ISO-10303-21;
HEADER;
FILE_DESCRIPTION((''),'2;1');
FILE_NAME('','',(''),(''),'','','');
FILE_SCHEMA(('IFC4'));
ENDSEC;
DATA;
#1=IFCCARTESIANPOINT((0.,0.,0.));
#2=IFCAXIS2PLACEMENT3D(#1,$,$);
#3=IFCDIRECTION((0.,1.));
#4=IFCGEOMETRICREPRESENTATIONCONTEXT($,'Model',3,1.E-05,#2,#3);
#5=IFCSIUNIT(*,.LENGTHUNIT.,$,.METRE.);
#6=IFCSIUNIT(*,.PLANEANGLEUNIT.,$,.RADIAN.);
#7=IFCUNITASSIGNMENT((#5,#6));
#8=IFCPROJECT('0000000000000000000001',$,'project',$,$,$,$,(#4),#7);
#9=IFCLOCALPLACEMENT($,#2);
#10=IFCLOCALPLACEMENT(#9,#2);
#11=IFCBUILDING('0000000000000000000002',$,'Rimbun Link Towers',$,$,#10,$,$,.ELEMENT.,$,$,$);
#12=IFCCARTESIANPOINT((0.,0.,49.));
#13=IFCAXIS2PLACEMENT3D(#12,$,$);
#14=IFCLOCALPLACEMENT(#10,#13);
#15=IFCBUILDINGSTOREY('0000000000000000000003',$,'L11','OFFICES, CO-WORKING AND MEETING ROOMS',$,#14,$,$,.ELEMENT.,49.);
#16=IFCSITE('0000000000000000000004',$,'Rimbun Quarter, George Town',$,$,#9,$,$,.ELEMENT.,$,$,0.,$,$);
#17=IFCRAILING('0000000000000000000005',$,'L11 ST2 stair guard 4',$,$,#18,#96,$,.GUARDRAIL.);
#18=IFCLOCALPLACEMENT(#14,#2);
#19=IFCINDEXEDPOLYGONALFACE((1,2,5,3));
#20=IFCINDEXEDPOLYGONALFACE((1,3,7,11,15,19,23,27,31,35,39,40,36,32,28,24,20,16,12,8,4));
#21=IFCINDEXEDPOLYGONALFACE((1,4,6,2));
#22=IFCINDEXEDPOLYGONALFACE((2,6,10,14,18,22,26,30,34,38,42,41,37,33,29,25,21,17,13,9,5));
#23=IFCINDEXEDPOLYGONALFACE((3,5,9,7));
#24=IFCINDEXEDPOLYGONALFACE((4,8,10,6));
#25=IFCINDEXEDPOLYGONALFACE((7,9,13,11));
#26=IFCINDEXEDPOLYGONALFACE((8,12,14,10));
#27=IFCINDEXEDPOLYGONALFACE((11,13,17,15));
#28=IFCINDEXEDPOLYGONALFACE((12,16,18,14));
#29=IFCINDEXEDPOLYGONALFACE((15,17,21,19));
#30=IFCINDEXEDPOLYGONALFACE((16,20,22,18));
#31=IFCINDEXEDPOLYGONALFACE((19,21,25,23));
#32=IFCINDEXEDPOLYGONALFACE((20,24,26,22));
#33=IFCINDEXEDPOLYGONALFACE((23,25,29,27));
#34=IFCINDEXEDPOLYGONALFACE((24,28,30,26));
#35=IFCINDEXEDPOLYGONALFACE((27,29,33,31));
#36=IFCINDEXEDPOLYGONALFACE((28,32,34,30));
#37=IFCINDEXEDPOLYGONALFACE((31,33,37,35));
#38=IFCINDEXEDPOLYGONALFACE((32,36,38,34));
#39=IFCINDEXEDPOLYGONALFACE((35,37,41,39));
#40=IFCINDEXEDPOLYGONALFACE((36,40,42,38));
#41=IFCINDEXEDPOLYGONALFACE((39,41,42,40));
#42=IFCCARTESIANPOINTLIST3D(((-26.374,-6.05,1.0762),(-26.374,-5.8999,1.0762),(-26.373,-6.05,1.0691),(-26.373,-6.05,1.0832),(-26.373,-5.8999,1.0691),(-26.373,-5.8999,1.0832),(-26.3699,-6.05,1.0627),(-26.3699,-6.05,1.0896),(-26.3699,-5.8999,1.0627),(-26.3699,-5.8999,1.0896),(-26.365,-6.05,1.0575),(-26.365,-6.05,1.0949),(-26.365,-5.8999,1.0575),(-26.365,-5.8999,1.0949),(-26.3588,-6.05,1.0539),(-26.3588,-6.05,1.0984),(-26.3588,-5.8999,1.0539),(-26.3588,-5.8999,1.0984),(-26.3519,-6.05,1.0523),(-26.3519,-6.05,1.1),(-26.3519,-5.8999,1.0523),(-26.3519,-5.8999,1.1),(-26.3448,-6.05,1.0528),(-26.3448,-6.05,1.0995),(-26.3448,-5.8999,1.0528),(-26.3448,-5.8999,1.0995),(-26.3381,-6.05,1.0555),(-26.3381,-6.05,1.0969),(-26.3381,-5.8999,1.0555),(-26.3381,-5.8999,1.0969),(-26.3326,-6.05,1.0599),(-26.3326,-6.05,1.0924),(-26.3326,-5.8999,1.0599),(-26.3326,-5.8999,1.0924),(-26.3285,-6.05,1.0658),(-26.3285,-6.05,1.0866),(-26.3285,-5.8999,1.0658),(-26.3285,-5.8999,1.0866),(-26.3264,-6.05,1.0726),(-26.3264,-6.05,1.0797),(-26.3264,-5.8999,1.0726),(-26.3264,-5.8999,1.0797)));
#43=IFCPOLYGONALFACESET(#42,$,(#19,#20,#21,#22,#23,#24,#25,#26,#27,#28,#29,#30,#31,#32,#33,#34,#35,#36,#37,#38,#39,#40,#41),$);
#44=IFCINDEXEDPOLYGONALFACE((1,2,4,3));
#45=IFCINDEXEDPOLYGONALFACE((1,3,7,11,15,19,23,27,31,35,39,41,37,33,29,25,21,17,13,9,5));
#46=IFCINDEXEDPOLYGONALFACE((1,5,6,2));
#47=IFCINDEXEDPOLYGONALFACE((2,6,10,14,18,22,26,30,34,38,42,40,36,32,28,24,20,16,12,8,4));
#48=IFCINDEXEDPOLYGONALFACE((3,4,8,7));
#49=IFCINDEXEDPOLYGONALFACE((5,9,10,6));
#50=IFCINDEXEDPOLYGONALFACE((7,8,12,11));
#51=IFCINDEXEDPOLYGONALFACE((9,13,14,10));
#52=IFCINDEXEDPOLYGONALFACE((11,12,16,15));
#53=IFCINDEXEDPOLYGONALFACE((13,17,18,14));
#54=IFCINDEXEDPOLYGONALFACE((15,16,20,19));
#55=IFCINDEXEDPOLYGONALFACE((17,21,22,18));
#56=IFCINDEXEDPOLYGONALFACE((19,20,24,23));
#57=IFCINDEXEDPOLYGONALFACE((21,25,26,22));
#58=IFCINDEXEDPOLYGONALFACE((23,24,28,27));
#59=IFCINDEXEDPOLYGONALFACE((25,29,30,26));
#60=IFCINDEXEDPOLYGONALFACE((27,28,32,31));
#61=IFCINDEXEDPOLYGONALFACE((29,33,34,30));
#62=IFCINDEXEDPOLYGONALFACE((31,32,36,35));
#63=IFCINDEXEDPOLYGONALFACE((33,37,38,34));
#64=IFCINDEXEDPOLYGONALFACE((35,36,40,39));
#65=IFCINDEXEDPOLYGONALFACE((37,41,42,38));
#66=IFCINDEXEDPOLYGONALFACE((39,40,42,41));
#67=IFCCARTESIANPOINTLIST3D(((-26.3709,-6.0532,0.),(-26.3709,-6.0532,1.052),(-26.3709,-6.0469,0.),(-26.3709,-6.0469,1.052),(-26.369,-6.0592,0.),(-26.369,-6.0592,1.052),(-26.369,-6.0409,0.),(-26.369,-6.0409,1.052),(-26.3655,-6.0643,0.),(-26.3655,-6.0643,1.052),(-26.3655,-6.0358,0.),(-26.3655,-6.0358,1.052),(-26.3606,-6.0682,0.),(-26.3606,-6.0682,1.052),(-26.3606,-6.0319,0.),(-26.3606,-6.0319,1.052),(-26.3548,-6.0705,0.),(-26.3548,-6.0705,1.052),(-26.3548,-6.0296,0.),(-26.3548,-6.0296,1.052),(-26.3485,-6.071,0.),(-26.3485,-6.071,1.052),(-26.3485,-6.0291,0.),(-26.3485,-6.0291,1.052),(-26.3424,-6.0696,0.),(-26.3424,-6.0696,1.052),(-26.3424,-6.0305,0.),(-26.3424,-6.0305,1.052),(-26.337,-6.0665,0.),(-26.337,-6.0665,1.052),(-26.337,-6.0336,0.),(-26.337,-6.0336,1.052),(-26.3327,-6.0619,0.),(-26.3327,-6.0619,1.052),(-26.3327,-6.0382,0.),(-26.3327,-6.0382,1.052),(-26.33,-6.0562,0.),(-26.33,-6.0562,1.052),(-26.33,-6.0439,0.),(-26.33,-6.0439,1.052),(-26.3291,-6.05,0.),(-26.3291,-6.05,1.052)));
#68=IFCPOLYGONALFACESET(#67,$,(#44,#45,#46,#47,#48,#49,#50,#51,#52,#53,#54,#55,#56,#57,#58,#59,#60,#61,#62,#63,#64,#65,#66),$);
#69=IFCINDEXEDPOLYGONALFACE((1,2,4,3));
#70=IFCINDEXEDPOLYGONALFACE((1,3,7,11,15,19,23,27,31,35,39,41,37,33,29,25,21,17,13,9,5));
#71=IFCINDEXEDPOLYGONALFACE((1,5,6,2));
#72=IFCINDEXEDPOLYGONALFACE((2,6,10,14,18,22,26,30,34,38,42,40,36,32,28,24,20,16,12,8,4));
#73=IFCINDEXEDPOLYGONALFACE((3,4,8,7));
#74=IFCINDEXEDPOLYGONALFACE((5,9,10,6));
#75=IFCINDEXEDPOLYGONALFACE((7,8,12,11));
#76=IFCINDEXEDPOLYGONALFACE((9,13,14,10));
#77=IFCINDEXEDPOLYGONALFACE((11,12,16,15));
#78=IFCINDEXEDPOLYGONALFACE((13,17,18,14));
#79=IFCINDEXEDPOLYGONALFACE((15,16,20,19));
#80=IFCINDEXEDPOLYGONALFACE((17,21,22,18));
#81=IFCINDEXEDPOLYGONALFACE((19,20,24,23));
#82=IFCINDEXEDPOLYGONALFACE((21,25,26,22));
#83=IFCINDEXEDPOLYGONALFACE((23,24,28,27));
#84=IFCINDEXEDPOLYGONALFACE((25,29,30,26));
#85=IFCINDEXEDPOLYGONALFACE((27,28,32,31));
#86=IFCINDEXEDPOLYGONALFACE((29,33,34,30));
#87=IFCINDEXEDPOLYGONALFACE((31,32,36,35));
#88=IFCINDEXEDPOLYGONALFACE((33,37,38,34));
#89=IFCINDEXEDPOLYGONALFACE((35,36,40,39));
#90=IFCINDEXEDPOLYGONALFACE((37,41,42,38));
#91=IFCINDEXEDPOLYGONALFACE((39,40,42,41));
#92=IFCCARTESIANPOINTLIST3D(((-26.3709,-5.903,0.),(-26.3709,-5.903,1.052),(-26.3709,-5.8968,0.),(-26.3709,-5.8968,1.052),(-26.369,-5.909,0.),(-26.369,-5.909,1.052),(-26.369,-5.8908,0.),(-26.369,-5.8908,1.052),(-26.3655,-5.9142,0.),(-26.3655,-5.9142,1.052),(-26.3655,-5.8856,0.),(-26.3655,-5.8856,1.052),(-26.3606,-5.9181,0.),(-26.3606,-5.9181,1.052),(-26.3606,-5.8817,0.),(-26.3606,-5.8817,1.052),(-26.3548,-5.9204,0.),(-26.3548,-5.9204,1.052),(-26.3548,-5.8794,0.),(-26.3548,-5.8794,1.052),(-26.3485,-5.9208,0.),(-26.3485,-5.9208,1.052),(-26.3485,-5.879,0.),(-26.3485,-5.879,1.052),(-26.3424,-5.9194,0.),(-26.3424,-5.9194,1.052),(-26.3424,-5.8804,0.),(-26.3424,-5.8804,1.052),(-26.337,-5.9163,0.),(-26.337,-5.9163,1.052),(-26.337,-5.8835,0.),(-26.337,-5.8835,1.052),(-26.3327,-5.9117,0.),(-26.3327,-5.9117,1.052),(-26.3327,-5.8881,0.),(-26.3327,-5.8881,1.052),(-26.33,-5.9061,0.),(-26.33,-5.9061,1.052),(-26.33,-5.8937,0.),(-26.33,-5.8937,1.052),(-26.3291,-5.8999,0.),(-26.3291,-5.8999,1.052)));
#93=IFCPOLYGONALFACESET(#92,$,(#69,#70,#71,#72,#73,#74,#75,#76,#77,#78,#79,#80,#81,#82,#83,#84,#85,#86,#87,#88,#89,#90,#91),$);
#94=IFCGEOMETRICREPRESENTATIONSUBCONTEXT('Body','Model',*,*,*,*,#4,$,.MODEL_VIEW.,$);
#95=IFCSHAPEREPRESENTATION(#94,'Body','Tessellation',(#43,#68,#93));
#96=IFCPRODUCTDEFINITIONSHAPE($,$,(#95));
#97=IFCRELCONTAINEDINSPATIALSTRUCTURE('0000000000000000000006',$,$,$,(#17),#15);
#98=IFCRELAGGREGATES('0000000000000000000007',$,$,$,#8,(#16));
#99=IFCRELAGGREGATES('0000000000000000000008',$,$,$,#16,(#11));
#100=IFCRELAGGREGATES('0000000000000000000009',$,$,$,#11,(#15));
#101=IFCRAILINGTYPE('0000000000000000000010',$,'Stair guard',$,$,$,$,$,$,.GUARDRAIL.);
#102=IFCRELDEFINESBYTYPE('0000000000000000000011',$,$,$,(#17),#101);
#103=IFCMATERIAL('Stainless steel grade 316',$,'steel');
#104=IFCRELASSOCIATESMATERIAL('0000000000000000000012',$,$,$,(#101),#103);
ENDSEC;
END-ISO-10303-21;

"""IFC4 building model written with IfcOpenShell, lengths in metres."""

from ifc_helpers import new_model, si_unit, direction, frame, origin, origin_2d, place, context, subcontext, project, spatial, circle, extrude, material, type_object, element, save


model = new_model("IFC4")

# Units and contexts
model_context = context("Model", 3, precision=1e-05, world=origin(), true_north=direction((0.0, 1.0)))
body_context = subcontext(model_context, "Body", "Model", "MODEL_VIEW")
ifc_project = project(units=[si_unit("LENGTHUNIT", "METRE"), si_unit("PLANEANGLEUNIT", "RADIAN")], contexts=[model_context])

# Site, building, storey
site_placement = place(None, origin())
site = spatial("IfcSite", under=ifc_project, at=site_placement, Name="Rimbun Quarter, George Town", CompositionType="ELEMENT", RefElevation=0.0)
building_placement = place(site_placement, origin())
building = spatial("IfcBuilding", under=site, at=building_placement, Name="Rimbun Link Towers", CompositionType="ELEMENT")
storey_placement = place(building_placement, frame((0.0, 0.0, 49.0)))
storey = spatial("IfcBuildingStorey", under=building, at=storey_placement, Name="L11", Description="OFFICES, CO-WORKING AND MEETING ROOMS", CompositionType="ELEMENT", Elevation=49.0)

# Railing
ifc_material_1 = material(Name="Stainless steel grade 316", Category="steel")
railing_type_1 = type_object("IfcRailingType", Name="Stair guard", PredefinedType="GUARDRAIL", material=ifc_material_1)
railing_1_placement = place(storey_placement, frame((-26.3501, -6.05, 0.0)))
element("IfcRailing", 1, at=railing_1_placement, inside=storey, type_object=railing_type_1, Name="L11 ST2 stair guard 4", PredefinedType="GUARDRAIL", context=body_context, shape_type="SweptSolid", body=[
    extrude(circle(Radius=0.0239, at=origin_2d()), frame((0.0, 0.0, 1.0762), z_axis=(0.0, 1.0, 0.0), x_axis=(-1.0, 0.0, 0.0)), (0.0, 0.0, 1.0), 0.1501),
    extrude(circle(Radius=0.021, at=origin_2d()), origin(), (0.0, 0.0, 1.0), 1.052),
    extrude(circle(Radius=0.021, at=origin_2d()), frame((0.0, 0.1501, 0.0)), (0.0, 0.0, 1.0), 1.052),
])

save(model, "model.ifc")
